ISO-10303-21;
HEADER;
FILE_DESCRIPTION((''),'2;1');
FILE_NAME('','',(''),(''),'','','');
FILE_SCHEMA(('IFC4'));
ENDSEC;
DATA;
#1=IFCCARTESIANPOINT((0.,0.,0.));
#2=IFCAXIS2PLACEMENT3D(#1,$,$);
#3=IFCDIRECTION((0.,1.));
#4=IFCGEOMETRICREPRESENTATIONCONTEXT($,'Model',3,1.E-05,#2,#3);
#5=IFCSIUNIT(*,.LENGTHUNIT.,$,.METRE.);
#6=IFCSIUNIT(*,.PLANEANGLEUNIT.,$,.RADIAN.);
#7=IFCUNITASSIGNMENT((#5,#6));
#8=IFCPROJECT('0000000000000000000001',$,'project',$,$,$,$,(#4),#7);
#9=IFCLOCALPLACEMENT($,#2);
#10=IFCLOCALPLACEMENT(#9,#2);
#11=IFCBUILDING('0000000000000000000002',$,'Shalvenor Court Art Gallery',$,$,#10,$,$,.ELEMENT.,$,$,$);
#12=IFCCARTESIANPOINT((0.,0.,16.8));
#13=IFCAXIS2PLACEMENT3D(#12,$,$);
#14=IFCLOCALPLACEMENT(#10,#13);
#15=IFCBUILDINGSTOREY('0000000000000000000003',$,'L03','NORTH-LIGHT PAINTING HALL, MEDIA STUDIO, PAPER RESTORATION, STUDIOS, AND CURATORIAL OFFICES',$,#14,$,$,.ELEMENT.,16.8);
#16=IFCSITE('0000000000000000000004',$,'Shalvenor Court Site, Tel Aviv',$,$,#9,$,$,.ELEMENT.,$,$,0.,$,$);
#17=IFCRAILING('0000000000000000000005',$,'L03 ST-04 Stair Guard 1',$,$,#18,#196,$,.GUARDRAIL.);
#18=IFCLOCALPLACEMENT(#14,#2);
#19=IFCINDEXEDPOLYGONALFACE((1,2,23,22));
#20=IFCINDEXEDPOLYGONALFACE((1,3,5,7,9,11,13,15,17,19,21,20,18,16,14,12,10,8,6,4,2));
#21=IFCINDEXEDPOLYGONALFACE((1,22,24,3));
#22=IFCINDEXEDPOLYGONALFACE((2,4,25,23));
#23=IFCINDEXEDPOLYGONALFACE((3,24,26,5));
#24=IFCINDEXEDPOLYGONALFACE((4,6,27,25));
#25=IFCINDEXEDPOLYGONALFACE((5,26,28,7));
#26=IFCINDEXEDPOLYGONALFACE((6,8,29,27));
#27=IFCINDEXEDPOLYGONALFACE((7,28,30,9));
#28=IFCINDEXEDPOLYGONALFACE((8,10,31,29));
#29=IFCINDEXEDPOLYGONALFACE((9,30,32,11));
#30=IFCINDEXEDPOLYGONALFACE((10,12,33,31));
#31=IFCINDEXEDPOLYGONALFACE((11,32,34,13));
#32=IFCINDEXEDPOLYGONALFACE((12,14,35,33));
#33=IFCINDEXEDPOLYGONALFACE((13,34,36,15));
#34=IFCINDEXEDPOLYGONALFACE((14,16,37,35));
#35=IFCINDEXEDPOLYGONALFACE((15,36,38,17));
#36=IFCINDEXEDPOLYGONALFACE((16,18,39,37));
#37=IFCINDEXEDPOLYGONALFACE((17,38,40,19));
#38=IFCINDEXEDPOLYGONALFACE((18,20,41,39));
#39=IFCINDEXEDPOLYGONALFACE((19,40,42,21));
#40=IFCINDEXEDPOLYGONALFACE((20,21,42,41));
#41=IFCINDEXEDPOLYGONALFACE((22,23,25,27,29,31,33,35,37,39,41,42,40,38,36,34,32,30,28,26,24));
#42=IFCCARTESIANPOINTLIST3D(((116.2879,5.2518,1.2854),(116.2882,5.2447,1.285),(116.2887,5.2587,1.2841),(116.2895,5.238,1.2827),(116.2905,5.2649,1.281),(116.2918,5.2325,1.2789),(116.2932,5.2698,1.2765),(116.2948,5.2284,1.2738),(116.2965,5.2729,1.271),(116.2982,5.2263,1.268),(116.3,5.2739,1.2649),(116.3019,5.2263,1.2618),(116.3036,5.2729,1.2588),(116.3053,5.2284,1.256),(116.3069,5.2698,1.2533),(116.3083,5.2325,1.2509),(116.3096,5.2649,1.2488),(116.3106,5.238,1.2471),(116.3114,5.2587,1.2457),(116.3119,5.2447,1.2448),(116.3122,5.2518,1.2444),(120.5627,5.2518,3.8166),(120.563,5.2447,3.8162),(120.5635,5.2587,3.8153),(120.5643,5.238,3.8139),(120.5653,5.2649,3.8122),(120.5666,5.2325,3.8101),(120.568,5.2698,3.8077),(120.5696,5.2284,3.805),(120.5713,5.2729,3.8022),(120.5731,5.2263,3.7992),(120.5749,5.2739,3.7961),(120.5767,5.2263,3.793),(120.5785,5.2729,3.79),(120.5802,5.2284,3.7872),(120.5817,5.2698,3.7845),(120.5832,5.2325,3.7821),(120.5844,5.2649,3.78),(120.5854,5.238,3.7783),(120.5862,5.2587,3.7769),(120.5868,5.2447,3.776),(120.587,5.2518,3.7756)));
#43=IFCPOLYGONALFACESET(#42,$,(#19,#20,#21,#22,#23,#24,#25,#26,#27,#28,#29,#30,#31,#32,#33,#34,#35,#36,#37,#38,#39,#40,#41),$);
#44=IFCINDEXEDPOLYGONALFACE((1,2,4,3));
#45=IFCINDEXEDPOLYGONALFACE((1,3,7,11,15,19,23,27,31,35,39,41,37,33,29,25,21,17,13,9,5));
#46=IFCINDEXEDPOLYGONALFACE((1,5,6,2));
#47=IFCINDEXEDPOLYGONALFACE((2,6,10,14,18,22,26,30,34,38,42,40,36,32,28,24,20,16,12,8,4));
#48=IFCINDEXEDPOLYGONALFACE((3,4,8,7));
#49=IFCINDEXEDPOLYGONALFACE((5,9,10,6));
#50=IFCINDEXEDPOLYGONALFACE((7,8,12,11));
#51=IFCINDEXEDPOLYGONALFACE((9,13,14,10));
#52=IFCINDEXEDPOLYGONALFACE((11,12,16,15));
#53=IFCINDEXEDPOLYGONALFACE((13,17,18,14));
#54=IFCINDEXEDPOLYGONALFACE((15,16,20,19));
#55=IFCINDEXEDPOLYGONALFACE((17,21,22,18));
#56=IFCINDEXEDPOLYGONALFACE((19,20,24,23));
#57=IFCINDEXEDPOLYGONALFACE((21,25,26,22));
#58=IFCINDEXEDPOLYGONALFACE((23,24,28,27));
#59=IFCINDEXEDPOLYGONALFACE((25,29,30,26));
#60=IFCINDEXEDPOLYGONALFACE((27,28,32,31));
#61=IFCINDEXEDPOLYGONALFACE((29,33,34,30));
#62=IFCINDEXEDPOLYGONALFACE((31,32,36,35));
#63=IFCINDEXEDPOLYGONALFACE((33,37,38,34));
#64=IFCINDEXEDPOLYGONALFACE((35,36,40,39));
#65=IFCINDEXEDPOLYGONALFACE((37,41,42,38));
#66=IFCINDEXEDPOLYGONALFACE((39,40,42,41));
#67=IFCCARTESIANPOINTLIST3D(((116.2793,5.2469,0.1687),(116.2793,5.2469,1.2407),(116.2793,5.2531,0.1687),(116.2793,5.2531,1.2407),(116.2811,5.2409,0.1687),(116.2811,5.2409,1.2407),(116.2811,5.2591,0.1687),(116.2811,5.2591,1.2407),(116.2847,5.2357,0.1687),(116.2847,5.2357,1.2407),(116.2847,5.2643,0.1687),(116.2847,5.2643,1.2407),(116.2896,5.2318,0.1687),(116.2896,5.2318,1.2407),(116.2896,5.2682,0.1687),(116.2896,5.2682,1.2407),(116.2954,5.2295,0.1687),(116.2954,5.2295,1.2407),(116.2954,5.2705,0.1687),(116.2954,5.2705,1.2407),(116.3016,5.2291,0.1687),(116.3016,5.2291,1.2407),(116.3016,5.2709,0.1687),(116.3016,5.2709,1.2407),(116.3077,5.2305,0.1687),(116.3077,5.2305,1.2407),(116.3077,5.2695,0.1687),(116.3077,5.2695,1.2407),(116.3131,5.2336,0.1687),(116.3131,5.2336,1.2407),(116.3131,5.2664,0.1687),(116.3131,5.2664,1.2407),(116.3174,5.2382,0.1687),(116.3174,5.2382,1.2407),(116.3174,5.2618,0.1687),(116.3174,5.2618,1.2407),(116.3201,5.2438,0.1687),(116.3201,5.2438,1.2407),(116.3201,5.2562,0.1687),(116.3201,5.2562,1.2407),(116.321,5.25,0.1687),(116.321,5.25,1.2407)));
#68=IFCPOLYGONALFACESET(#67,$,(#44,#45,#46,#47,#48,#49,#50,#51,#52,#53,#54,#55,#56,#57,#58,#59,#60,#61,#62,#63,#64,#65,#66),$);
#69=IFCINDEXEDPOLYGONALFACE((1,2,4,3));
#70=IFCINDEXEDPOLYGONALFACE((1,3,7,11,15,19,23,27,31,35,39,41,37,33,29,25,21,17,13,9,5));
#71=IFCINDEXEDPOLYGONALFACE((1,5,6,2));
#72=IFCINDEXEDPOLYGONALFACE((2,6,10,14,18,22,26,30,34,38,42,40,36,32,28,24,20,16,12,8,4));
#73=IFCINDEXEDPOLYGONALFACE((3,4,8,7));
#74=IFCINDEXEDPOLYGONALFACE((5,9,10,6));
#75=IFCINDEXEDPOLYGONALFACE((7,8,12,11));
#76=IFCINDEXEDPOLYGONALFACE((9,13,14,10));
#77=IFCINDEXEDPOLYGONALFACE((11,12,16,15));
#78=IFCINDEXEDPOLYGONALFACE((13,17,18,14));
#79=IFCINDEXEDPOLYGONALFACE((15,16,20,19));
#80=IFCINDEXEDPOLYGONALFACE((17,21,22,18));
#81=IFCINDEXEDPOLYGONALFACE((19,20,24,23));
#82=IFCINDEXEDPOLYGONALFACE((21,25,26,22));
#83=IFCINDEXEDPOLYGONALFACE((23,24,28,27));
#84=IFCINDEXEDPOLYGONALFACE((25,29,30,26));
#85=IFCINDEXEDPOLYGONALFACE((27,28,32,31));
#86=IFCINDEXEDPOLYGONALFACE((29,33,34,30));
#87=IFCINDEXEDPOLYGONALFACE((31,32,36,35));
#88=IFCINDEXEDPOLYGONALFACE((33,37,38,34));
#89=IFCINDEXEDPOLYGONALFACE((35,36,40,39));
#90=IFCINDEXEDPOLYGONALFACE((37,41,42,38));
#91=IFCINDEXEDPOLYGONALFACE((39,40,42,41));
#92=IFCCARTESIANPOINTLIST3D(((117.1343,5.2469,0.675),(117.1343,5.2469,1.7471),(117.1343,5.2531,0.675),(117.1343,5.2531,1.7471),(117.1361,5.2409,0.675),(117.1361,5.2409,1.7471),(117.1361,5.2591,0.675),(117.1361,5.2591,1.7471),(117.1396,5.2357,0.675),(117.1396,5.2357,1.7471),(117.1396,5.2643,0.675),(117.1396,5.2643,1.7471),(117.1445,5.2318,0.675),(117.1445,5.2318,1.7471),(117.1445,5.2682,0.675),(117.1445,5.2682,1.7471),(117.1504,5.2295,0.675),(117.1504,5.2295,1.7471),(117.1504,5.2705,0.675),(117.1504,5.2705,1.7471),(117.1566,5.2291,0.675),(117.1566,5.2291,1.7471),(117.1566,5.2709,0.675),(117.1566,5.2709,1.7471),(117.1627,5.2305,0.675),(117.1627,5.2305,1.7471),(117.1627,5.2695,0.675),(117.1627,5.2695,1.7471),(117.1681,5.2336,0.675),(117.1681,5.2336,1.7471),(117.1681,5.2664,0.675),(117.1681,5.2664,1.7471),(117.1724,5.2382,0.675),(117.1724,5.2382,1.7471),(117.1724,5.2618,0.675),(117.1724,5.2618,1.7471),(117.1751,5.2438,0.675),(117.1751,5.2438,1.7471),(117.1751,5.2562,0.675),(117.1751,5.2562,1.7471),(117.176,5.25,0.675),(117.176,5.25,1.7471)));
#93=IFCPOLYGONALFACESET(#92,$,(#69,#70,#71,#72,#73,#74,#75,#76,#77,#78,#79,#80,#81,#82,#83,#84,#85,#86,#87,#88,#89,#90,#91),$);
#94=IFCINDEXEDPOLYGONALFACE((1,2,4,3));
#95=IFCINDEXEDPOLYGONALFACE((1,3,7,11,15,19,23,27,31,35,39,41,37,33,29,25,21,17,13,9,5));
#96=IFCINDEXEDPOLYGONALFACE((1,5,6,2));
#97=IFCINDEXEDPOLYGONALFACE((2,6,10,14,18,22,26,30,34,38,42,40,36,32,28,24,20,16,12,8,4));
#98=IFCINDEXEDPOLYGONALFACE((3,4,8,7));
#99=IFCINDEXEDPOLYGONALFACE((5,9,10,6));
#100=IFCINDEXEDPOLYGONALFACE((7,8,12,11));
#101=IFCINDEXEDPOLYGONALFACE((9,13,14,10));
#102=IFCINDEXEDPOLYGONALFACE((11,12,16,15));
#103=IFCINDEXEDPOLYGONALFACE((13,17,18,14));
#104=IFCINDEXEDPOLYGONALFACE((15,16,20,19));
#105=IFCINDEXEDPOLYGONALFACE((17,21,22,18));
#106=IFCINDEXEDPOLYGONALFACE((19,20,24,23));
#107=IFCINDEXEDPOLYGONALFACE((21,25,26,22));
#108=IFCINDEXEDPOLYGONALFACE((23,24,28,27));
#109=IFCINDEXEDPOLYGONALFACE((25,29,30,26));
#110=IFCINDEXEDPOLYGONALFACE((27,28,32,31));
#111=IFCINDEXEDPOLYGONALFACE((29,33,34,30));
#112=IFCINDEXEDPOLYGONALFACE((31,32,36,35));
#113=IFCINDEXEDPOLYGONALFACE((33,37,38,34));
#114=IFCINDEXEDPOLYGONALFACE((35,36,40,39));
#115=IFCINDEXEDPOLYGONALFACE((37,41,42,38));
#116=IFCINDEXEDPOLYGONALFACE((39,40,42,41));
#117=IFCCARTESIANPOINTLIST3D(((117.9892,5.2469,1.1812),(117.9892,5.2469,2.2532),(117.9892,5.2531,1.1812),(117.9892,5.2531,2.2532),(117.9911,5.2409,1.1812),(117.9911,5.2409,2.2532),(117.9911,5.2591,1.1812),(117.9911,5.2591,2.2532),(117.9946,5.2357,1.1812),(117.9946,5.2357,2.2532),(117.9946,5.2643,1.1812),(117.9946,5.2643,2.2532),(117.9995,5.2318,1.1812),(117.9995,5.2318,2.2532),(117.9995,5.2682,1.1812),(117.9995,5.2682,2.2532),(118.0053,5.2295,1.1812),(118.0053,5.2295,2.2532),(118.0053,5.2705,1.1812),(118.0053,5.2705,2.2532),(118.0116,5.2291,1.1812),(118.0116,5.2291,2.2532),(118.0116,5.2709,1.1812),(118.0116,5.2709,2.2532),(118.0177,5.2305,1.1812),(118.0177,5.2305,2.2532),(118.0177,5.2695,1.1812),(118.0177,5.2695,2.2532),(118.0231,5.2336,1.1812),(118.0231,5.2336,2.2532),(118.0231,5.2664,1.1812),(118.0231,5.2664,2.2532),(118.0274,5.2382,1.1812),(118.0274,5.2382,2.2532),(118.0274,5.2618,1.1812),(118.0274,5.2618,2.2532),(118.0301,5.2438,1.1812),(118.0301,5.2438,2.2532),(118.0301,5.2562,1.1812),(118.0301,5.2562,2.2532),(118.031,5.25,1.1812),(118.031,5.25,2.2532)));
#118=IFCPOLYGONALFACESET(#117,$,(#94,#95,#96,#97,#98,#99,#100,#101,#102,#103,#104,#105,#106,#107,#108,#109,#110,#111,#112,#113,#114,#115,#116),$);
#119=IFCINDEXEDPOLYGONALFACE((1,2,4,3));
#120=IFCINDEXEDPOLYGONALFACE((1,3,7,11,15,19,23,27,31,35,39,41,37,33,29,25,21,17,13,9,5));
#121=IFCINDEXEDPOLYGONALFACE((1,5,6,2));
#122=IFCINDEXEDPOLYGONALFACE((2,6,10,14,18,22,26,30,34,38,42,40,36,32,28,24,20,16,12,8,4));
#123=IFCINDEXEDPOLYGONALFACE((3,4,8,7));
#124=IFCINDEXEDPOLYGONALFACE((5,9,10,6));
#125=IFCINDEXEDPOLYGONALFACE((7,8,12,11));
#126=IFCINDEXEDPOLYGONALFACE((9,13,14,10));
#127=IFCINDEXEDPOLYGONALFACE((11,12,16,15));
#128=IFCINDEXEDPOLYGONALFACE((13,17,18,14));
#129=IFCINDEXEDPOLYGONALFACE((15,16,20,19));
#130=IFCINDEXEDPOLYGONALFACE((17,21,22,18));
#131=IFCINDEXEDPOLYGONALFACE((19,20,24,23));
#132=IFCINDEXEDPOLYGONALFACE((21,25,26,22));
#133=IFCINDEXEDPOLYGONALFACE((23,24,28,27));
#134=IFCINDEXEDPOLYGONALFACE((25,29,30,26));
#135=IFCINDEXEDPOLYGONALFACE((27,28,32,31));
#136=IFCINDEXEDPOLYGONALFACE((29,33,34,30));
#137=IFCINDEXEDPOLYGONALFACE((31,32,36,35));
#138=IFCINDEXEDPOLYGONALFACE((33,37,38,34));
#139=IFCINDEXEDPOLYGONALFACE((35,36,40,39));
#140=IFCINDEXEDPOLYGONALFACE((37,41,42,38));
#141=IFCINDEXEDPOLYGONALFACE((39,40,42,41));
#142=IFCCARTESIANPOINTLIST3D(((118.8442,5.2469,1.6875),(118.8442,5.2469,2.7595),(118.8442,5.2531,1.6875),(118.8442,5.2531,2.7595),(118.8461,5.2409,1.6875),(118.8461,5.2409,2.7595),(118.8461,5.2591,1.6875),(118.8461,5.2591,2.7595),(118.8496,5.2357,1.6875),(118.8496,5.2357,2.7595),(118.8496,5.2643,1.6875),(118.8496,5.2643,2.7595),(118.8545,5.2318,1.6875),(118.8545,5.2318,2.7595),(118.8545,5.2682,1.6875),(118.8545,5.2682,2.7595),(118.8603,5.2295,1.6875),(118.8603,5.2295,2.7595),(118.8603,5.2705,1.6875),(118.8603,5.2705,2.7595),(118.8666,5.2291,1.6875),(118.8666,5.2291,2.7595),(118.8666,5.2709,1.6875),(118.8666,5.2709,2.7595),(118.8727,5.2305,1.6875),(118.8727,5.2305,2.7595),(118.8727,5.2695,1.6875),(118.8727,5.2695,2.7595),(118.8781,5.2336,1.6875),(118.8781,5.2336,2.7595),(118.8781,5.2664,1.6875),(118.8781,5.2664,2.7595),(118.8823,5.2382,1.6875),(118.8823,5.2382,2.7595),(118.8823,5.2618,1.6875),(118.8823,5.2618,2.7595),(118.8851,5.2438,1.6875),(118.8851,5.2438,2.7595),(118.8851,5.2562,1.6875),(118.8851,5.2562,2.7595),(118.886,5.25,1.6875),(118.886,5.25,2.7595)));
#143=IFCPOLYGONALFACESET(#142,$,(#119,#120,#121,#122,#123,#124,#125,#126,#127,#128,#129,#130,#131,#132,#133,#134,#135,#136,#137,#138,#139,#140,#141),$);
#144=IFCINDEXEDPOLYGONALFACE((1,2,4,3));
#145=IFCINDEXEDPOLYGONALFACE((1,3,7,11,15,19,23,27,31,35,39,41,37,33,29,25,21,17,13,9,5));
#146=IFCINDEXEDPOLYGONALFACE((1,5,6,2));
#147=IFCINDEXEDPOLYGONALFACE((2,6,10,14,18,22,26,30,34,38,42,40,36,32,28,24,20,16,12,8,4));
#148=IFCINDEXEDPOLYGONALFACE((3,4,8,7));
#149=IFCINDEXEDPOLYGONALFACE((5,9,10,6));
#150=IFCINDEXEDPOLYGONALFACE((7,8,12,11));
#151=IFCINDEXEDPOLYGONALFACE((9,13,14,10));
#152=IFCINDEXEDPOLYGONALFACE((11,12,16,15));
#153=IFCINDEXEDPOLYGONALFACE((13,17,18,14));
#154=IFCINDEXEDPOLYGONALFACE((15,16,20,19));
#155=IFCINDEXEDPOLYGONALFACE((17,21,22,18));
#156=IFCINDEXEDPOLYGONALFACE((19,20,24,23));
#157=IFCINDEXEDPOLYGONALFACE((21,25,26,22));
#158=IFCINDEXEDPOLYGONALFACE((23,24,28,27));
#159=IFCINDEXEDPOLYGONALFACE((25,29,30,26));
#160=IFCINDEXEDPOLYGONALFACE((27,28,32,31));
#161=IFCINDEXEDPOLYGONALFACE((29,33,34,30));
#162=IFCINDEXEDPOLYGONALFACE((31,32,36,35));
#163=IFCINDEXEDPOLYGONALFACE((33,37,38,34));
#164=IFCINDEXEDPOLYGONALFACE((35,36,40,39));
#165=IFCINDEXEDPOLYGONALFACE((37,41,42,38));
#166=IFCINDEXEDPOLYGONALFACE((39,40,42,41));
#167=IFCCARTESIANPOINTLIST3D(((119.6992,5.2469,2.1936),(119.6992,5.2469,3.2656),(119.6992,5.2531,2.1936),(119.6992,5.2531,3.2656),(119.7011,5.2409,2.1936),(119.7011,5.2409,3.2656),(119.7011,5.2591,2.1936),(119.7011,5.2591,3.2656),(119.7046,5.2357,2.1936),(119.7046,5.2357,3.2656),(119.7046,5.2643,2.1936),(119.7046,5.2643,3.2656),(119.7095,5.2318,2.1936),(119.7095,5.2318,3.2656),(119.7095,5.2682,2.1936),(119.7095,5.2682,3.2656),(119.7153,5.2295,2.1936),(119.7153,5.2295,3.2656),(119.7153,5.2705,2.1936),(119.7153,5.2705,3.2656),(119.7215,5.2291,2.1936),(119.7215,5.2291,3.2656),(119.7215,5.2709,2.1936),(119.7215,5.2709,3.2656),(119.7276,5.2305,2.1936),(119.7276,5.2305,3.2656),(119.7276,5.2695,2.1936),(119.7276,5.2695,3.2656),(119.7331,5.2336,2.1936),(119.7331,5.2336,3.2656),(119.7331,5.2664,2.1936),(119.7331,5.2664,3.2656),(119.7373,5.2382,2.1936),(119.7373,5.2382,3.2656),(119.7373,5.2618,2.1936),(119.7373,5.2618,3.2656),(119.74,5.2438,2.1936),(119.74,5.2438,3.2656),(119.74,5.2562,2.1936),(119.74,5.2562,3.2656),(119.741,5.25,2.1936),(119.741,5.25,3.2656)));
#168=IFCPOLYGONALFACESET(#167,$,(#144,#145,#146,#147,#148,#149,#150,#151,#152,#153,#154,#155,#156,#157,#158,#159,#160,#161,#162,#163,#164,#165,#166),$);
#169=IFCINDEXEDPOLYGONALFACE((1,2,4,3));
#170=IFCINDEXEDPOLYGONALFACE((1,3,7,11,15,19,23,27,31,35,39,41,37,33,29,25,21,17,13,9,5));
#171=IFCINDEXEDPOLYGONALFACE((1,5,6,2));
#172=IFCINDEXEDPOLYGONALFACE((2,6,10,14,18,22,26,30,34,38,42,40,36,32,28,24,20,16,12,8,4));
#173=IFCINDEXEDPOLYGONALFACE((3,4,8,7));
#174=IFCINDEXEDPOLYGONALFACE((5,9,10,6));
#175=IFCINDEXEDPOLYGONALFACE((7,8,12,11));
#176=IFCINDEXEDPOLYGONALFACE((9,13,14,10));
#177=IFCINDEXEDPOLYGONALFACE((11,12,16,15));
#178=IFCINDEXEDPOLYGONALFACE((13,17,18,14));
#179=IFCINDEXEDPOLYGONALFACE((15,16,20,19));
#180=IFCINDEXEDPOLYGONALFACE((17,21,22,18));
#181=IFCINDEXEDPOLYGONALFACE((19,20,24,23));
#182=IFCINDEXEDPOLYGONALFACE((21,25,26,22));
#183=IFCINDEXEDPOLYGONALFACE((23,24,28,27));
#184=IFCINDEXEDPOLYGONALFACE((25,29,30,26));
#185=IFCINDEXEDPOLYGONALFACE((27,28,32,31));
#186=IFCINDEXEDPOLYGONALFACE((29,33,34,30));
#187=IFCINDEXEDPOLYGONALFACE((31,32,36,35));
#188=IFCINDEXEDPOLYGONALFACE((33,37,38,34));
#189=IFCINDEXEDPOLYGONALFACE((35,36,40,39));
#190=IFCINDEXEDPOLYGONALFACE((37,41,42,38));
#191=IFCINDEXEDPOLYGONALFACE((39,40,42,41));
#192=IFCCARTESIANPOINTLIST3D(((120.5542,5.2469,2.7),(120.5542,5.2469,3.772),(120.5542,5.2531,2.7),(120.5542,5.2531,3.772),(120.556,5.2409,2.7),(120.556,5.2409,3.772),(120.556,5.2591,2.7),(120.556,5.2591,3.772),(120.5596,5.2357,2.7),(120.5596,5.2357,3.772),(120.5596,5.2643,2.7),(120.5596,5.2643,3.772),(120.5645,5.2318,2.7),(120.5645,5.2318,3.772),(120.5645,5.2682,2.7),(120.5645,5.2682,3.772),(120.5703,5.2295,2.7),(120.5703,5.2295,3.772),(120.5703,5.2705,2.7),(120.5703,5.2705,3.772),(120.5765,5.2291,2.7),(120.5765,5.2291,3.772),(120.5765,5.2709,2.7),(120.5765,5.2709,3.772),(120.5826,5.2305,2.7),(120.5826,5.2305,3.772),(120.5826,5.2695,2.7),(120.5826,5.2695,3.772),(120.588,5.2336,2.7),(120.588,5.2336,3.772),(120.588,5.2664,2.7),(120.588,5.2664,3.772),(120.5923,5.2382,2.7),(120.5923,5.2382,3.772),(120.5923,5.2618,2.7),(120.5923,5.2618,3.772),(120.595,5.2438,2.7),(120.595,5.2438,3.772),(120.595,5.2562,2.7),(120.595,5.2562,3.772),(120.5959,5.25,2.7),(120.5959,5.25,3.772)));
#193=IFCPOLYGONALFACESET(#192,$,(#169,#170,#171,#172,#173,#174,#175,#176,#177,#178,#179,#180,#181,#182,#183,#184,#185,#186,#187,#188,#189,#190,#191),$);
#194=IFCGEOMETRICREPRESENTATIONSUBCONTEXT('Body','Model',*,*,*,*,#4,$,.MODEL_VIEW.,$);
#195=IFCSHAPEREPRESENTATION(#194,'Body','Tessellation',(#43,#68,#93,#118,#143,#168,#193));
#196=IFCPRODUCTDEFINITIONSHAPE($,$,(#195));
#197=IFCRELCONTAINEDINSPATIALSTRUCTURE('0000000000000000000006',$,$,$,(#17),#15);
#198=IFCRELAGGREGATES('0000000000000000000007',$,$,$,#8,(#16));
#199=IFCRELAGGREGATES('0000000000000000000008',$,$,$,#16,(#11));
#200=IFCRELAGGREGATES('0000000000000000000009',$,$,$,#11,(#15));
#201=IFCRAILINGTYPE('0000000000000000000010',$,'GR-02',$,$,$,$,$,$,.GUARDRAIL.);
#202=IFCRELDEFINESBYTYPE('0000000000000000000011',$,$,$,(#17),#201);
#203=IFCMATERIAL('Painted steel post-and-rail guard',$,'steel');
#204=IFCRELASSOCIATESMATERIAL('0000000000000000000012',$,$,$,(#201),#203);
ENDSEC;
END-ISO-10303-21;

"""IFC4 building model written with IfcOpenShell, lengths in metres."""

from ifc_helpers import new_model, si_unit, direction, frame, origin, origin_2d, place, context, subcontext, project, spatial, circle, extrude, material, type_object, element, save


model = new_model("IFC4")

# Units and contexts
model_context = context("Model", 3, precision=1e-05, world=origin(), true_north=direction((0.0, 1.0)))
body_context = subcontext(model_context, "Body", "Model", "MODEL_VIEW")
ifc_project = project(units=[si_unit("LENGTHUNIT", "METRE"), si_unit("PLANEANGLEUNIT", "RADIAN")], contexts=[model_context])

# Site, building, storey
site_placement = place(None, origin())
site = spatial("IfcSite", under=ifc_project, at=site_placement, Name="Shalvenor Court Site, Tel Aviv", CompositionType="ELEMENT", RefElevation=0.0)
building_placement = place(site_placement, origin())
building = spatial("IfcBuilding", under=site, at=building_placement, Name="Shalvenor Court Art Gallery", CompositionType="ELEMENT")
storey_placement = place(building_placement, frame((0.0, 0.0, 16.8)))
storey = spatial("IfcBuildingStorey", under=building, at=storey_placement, Name="L03", Description="NORTH-LIGHT PAINTING HALL, MEDIA STUDIO, PAPER RESTORATION, STUDIOS, AND CURATORIAL OFFICES", CompositionType="ELEMENT", Elevation=16.8)

# Railing
ifc_material_1 = material(Name="Painted steel post-and-rail guard", Category="steel")
railing_type_1 = type_object("IfcRailingType", Name="GR-02", PredefinedType="GUARDRAIL", material=ifc_material_1)
railing_1_placement = place(storey_placement, frame((116.3, 5.25, 0.1687)))
element("IfcRailing", 1, at=railing_1_placement, inside=storey, type_object=railing_type_1, Name="L03 ST-04 Stair Guard 1", PredefinedType="GUARDRAIL", context=body_context, shape_type="SweptSolid", body=[
    extrude(circle(Radius=0.0239, at=origin_2d()), frame((0.0, 0.0, 1.0962), z_axis=(0.86047, 0.0, 0.509501), x_axis=(0.0, 1.0, 0.0)), (0.0, 0.0, 1.0), 4.968),
    extrude(circle(Radius=0.021, at=origin_2d()), origin(), (0.0, 0.0, 1.0), 1.072),
    extrude(circle(Radius=0.021, at=origin_2d()), frame((0.855, 0.0, 0.5063)), (0.0, 0.0, 1.0), 1.072),
    extrude(circle(Radius=0.021, at=origin_2d()), frame((1.71, 0.0, 1.0125)), (0.0, 0.0, 1.0), 1.072),
    extrude(circle(Radius=0.021, at=origin_2d()), frame((2.5649, 0.0, 1.5188)), (0.0, 0.0, 1.0), 1.072),
    extrude(circle(Radius=0.021, at=origin_2d()), frame((3.4199, 0.0, 2.0249)), (0.0, 0.0, 1.0), 1.072),
    extrude(circle(Radius=0.021, at=origin_2d()), frame((4.2749, 0.0, 2.5312)), (0.0, 0.0, 1.0), 1.072),
])

save(model, "model.ifc")
